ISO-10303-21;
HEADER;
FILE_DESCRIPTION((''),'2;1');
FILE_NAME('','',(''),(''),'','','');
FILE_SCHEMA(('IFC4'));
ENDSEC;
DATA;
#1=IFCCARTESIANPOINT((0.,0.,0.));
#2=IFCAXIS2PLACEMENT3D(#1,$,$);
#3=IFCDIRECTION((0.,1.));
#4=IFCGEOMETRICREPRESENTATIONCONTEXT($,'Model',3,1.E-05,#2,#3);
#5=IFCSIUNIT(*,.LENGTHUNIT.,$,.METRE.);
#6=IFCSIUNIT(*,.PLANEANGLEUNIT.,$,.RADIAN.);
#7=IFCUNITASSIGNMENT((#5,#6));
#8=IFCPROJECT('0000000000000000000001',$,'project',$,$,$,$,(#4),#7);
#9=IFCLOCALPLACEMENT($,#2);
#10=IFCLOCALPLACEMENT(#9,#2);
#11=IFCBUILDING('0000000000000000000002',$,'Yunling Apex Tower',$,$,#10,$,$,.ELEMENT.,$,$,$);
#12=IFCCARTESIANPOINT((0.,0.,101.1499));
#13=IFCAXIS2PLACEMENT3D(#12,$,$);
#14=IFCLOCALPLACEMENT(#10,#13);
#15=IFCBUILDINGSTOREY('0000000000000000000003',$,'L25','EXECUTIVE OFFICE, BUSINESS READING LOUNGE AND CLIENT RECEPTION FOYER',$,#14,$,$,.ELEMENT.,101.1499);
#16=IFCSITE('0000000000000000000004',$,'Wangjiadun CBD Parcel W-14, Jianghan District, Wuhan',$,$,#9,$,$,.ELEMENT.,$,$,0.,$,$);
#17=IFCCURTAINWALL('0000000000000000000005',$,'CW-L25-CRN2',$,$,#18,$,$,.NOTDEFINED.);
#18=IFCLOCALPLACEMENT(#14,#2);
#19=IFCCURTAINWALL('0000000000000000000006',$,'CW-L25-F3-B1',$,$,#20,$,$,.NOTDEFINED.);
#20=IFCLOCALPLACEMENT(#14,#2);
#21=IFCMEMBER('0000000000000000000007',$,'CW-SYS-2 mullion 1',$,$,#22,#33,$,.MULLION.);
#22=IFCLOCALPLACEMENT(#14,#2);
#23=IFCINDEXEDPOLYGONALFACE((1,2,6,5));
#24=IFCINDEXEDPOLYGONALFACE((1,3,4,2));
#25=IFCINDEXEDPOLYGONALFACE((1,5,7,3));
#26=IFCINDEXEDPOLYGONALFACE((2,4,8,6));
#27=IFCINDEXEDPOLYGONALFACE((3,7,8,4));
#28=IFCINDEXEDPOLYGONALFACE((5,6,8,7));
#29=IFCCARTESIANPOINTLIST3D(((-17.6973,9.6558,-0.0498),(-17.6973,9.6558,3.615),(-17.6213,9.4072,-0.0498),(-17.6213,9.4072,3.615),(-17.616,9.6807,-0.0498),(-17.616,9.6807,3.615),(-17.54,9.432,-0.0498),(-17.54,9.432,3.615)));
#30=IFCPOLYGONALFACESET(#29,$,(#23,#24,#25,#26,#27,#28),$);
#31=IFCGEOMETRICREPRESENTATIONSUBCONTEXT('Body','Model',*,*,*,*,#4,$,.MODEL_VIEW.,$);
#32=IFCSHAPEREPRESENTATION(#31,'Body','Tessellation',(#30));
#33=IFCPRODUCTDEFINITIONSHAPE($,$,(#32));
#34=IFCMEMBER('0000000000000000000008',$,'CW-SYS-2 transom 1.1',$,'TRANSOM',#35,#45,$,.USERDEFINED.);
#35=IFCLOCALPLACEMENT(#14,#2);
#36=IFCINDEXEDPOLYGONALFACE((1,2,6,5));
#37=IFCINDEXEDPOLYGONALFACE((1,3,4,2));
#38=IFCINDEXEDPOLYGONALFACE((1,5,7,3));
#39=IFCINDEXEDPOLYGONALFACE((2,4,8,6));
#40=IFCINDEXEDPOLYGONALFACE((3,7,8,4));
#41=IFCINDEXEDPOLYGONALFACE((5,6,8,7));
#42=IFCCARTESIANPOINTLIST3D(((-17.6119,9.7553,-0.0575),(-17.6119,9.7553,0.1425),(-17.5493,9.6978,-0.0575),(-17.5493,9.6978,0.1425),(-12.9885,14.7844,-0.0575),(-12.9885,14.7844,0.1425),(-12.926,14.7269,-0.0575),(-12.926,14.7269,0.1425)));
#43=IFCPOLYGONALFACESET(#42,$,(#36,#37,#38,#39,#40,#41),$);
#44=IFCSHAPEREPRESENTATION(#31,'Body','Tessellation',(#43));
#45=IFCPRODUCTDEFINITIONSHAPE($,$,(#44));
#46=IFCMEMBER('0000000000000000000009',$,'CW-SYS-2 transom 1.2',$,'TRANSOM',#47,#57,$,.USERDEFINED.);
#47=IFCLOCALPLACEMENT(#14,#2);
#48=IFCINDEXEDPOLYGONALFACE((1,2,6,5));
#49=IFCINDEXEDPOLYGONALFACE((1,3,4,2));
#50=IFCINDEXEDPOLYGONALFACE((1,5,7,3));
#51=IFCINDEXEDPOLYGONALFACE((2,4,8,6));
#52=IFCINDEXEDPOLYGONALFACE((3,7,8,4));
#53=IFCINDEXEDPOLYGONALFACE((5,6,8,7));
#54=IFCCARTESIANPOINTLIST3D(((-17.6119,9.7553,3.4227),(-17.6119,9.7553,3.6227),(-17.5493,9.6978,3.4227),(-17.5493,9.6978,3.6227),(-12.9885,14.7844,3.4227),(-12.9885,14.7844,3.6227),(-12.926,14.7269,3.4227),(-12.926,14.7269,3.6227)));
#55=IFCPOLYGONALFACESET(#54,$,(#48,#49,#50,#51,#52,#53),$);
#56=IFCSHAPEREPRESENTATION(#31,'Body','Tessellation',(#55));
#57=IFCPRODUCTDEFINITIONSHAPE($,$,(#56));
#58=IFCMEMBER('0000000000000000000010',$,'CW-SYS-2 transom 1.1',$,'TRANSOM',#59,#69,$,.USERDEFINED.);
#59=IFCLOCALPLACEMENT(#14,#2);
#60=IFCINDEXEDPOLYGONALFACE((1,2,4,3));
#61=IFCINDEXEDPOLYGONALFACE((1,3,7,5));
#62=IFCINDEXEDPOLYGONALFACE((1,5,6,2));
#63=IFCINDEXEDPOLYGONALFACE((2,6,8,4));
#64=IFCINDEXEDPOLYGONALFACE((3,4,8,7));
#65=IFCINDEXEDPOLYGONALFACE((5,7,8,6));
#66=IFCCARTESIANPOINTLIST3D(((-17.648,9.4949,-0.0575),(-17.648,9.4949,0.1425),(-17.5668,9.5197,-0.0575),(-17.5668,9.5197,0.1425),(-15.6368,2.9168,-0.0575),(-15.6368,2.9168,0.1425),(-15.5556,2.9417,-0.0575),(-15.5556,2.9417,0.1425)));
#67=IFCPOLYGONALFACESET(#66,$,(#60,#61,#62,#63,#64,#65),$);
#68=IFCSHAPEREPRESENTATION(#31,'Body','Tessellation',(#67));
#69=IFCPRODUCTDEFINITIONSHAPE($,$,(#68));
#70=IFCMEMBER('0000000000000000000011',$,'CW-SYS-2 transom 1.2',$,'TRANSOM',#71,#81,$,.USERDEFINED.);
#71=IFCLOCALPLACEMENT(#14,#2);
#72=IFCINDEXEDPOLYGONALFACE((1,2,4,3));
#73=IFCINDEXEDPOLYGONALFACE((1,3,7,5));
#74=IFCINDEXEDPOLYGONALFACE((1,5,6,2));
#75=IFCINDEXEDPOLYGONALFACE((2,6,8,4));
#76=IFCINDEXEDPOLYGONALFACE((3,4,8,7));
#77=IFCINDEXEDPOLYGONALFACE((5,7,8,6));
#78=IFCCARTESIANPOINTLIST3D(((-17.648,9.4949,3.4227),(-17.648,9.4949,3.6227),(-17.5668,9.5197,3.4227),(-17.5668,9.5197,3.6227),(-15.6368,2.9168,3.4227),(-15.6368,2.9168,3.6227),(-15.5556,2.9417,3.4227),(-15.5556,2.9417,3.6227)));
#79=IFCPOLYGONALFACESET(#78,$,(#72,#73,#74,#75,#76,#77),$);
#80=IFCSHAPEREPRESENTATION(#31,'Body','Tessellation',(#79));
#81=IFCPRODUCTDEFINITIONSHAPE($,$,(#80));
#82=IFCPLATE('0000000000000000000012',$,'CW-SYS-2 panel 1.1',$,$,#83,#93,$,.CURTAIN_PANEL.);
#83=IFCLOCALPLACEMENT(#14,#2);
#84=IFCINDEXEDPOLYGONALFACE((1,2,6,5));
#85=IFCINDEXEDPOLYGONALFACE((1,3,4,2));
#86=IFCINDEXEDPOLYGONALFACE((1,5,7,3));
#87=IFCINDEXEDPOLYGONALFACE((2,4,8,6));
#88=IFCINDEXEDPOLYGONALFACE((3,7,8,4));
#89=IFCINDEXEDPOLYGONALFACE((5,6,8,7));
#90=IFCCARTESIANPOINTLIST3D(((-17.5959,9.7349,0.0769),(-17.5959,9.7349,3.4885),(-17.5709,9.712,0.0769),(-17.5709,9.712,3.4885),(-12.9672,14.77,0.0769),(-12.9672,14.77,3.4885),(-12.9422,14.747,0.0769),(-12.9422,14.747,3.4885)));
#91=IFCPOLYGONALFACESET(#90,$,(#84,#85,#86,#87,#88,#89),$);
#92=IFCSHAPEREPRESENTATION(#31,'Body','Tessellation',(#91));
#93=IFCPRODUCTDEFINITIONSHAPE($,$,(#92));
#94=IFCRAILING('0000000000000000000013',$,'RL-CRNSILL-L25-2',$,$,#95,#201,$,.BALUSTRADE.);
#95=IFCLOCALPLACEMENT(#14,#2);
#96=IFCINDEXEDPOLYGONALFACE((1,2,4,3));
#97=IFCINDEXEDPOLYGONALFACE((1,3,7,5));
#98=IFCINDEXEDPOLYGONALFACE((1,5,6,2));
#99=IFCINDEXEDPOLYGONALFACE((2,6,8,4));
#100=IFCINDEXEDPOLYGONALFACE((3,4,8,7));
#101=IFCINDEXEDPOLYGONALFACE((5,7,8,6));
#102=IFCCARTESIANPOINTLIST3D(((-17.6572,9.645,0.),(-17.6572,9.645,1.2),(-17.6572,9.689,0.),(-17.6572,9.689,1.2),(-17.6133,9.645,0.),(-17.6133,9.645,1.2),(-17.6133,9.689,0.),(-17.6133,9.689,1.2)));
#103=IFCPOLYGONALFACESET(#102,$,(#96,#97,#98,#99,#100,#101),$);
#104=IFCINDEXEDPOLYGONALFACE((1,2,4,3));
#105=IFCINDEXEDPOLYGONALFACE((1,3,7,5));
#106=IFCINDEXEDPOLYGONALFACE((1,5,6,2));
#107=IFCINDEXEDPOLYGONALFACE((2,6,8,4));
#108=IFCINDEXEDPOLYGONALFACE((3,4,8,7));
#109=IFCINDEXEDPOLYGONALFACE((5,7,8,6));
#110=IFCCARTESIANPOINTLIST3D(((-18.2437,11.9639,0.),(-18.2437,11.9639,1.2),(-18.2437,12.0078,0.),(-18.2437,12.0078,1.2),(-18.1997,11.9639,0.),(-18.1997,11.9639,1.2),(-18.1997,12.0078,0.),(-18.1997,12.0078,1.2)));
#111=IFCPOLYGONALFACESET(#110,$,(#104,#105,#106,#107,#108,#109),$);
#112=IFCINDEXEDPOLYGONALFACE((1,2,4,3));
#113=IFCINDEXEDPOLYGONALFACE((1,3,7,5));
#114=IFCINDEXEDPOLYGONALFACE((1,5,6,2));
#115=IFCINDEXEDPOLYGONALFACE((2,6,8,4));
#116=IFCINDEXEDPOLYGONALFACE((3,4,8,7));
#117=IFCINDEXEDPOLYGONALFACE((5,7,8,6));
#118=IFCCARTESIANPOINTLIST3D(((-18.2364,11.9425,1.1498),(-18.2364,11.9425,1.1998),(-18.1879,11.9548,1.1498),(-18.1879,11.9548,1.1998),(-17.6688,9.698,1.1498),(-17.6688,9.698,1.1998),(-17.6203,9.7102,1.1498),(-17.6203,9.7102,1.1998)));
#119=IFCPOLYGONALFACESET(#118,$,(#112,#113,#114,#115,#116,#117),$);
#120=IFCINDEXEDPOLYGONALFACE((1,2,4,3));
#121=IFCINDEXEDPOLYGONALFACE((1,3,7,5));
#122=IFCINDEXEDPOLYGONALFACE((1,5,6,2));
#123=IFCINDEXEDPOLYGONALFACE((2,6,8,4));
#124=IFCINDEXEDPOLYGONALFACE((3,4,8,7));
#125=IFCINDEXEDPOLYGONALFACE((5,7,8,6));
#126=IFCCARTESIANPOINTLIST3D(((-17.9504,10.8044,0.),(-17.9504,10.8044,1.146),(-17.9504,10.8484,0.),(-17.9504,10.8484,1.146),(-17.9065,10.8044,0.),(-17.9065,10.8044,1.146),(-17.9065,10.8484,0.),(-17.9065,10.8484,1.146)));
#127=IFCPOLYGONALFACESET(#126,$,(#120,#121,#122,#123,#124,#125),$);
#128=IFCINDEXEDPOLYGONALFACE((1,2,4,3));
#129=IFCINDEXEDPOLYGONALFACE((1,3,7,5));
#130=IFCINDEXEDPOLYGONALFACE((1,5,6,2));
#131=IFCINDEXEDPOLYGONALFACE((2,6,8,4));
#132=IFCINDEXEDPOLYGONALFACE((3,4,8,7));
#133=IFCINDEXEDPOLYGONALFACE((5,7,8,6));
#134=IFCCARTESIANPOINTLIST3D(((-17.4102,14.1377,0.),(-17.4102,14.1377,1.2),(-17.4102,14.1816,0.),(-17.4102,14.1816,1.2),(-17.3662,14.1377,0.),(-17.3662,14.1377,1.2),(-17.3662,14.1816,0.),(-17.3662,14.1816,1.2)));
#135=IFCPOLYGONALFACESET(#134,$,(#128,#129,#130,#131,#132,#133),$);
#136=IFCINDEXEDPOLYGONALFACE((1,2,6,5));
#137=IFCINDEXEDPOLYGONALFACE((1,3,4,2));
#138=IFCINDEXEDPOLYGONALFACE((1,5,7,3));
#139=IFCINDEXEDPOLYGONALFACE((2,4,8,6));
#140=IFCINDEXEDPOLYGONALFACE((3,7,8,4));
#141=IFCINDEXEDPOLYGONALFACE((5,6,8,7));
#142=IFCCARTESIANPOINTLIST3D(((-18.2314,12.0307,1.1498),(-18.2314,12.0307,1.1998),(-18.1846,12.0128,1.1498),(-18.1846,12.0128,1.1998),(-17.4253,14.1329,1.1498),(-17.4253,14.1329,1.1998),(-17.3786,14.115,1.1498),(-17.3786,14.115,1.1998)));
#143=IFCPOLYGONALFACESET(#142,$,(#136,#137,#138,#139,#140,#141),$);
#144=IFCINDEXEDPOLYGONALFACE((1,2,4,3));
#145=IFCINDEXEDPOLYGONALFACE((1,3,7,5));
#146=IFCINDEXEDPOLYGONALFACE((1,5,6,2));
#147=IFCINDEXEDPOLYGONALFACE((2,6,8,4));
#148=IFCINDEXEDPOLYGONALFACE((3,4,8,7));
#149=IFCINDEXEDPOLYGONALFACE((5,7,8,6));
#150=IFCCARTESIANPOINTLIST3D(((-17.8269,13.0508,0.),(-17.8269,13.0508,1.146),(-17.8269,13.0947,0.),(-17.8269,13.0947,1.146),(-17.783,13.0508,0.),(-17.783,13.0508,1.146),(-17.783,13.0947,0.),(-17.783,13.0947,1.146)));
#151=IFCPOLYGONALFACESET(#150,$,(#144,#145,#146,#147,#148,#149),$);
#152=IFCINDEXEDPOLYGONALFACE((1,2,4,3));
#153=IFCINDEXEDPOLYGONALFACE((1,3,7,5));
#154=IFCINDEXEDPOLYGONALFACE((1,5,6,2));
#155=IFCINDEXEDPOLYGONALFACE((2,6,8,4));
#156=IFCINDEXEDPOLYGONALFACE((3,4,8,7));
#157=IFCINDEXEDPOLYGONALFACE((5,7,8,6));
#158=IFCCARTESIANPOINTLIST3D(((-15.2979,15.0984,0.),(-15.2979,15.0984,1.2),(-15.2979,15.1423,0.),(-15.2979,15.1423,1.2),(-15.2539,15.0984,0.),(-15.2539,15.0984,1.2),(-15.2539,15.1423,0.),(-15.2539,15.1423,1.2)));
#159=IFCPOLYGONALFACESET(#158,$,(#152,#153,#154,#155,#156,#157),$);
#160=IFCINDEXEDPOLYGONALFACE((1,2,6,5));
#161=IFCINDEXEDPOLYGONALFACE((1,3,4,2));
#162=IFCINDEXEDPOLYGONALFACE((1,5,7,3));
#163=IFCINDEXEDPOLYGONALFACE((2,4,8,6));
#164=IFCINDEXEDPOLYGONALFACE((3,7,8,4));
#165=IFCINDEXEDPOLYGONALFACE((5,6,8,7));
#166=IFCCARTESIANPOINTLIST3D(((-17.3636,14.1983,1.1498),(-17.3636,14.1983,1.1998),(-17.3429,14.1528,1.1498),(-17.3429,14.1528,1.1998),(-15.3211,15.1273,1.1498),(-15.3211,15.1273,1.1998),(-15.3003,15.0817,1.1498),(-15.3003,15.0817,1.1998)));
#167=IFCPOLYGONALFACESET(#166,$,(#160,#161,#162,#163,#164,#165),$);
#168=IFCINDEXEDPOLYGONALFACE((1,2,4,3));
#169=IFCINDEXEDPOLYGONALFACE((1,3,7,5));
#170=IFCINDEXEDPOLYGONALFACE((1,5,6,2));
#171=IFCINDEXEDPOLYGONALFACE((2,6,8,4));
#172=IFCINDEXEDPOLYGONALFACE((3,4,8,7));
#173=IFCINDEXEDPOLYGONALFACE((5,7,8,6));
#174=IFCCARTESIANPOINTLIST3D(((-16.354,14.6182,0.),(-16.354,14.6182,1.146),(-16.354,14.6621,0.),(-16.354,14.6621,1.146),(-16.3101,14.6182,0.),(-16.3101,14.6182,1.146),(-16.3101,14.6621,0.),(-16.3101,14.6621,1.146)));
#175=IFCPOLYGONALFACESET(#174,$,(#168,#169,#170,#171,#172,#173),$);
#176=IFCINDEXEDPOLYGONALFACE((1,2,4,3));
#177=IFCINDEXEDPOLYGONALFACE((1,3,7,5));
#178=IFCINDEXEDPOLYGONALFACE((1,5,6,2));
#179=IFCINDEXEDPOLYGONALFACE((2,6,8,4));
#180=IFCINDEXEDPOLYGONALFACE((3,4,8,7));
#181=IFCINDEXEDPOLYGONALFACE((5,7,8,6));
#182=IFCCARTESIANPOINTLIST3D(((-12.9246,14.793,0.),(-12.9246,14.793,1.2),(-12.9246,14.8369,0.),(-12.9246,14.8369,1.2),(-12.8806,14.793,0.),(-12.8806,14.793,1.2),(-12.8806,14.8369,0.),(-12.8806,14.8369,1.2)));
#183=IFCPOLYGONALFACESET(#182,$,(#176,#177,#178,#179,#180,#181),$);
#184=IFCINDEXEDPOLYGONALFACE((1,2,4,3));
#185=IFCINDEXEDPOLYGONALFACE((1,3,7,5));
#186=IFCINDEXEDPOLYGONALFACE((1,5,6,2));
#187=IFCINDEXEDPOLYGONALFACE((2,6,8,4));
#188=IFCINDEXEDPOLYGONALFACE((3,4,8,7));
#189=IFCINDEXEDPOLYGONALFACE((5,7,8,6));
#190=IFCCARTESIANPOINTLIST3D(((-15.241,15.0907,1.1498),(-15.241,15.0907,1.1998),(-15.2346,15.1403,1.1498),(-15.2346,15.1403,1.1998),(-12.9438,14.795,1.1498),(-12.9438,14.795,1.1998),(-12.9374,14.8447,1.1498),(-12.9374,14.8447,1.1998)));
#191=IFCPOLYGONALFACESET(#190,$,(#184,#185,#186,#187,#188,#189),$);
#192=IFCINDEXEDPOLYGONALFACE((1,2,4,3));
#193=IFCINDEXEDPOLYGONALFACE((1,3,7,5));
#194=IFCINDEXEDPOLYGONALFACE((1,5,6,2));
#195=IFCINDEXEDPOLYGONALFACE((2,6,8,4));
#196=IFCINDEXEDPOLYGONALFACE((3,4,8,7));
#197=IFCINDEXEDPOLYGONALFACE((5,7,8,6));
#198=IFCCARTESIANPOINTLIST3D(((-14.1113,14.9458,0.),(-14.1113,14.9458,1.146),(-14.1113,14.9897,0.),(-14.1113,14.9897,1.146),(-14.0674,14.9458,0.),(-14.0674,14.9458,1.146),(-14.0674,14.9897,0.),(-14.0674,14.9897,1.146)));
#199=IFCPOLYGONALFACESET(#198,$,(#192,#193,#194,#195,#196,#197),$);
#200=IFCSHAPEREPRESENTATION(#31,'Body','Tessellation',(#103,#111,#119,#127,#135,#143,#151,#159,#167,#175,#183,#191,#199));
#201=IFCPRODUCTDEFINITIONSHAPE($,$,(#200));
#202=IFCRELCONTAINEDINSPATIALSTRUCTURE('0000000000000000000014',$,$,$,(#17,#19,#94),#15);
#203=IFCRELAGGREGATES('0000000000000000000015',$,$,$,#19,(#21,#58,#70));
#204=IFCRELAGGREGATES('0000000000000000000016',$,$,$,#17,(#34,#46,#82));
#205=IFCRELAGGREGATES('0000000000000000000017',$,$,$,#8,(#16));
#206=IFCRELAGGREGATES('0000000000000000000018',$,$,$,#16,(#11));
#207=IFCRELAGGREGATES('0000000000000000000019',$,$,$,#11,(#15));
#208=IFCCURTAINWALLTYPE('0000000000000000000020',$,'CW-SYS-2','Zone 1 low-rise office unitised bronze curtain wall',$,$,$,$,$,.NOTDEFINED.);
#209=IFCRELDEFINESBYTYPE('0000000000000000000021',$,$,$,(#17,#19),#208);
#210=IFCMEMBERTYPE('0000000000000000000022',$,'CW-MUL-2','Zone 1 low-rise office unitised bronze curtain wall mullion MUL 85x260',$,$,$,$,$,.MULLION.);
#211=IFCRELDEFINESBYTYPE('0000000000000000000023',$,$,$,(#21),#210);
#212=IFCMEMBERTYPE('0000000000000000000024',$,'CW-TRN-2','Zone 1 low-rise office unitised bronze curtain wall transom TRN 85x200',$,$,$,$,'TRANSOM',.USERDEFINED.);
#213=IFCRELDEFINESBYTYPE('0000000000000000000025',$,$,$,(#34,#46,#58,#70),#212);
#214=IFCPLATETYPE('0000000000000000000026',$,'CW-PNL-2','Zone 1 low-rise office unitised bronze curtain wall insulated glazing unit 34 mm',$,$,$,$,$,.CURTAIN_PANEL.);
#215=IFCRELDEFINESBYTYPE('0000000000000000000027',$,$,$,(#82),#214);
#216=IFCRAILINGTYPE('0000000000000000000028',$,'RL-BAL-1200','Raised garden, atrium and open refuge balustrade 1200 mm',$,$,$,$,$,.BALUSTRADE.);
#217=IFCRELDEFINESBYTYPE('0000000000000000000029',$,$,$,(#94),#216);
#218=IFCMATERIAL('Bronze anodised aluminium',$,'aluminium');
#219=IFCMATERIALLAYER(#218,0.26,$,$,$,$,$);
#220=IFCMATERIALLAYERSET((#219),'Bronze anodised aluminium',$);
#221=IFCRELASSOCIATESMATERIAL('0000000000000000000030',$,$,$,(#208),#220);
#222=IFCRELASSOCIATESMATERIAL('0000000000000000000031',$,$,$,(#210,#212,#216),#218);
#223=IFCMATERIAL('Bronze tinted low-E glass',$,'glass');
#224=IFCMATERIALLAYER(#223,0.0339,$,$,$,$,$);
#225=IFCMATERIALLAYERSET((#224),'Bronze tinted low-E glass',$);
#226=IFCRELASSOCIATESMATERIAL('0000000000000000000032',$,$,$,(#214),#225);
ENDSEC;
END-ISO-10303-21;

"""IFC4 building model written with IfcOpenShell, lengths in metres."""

from ifc_helpers import new_model, si_unit, direction, frame, origin, origin_2d, place, context, subcontext, project, spatial, rectangle, extrude, source, transform, mapped, material, layer, layer_set, material_profile, profile_set, type_object, element, aggregate, save


model = new_model("IFC4")

# Units and contexts
model_context = context("Model", 3, precision=1e-05, world=origin(), true_north=direction((0.0, 1.0)))
body_context = subcontext(model_context, "Body", "Model", "MODEL_VIEW")
ifc_project = project(units=[si_unit("LENGTHUNIT", "METRE"), si_unit("PLANEANGLEUNIT", "RADIAN")], contexts=[model_context])

# Site, building, storey
site_placement = place(None, origin())
site = spatial("IfcSite", under=ifc_project, at=site_placement, Name="Wangjiadun CBD Parcel W-14, Jianghan District, Wuhan", CompositionType="ELEMENT", RefElevation=0.0)
building_placement = place(site_placement, origin())
building = spatial("IfcBuilding", under=site, at=building_placement, Name="Yunling Apex Tower", CompositionType="ELEMENT")
storey_placement = place(building_placement, frame((0.0, 0.0, 101.1499)))
storey = spatial("IfcBuildingStorey", under=building, at=storey_placement, Name="L25", Description="EXECUTIVE OFFICE, BUSINESS READING LOUNGE AND CLIENT RECEPTION FOYER", CompositionType="ELEMENT", Elevation=101.1499)

# Shared definitions
ifc_material_1 = material(Name="Bronze anodised aluminium", Category="aluminium")
ifc_layer_1 = layer(ifc_material_1, 0.26)
ifc_layer_set_1 = layer_set([ifc_layer_1], Name="Bronze anodised aluminium")
curtain_wall_type = type_object("IfcCurtainWallType", Name="CW-SYS-2", Description="Zone 1 low-rise office unitised bronze curtain wall", PredefinedType="NOTDEFINED", material=ifc_layer_set_1)
ifc_material_profile_1 = material_profile(ifc_material_1, rectangle(XDim=0.085, YDim=0.26, at=origin_2d()))
ifc_profile_set_1 = profile_set([ifc_material_profile_1], Name="Bronze anodised aluminium")
member_type_1 = type_object("IfcMemberType", Name="CW-MUL-2", Description="Zone 1 low-rise office unitised bronze curtain wall mullion MUL 85x260", PredefinedType="MULLION", material=ifc_profile_set_1)
shared_shape_1 = source(origin(), body_context, "Body", "SweptSolid", [
    extrude(rectangle(XDim=0.085, YDim=0.26, at=origin_2d()), origin(), (0.0, 0.0, 1.0), 3.6648),
])

# Curtain wall
curtain_wall_1_placement = place(storey_placement, origin())
curtain_wall_1 = element("IfcCurtainWall", 1, at=curtain_wall_1_placement, inside=storey, type_object=curtain_wall_type, Name="CW-L25-CRN2", PredefinedType="NOTDEFINED")

# Curtain wall, member
curtain_wall_2_placement = place(storey_placement, origin())
curtain_wall_2 = element("IfcCurtainWall", 2, at=curtain_wall_2_placement, inside=storey, type_object=curtain_wall_type, Name="CW-L25-F3-B1", PredefinedType="NOTDEFINED")
member_1_placement = place(storey_placement, frame((-17.6187, 9.5439, -0.0498), z_axis=(0.0, 0.0, 1.0), x_axis=(0.956304, 0.292373, 0.0)))
member_1 = element("IfcMember", 3, at=member_1_placement, type_object=member_type_1, Name="CW-SYS-2 mullion 1", PredefinedType="MULLION", context=body_context, shape_type="MappedRepresentation", body=[
    mapped(shared_shape_1, transform((0.0, 0.0, 0.0), scale=1.0)),
])

# Members
ifc_material_profile_2 = material_profile(ifc_material_1, rectangle(XDim=0.085, YDim=0.2, at=origin_2d()))
ifc_profile_set_2 = profile_set([ifc_material_profile_2], Name="Bronze anodised aluminium")
member_type_2 = type_object("IfcMemberType", Name="CW-TRN-2", Description="Zone 1 low-rise office unitised bronze curtain wall transom TRN 85x200", ElementType="TRANSOM", PredefinedType="USERDEFINED", material=ifc_profile_set_2)
shared_shape_2 = source(origin(), body_context, "Body", "SweptSolid", [
    extrude(rectangle(XDim=0.085, YDim=0.2, at=origin_2d()), origin(), (0.0, 0.0, 1.0), 6.8313),
])
member_2_placement = place(storey_placement, frame((-12.9573, 14.7556, 0.0425), z_axis=(-0.676784, -0.736182, 0.0), x_axis=(0.736182, -0.676784, 0.0)))
member_2 = element("IfcMember", 4, at=member_2_placement, type_object=member_type_2, Name="CW-SYS-2 transom 1.1", ObjectType="TRANSOM", PredefinedType="USERDEFINED", context=body_context, shape_type="MappedRepresentation", body=[
    mapped(shared_shape_2, transform((0.0, 0.0, 0.0), scale=1.0)),
])
member_3_placement = place(storey_placement, frame((-12.9573, 14.7556, 3.5227), z_axis=(-0.676784, -0.736182, 0.0), x_axis=(0.736182, -0.676784, 0.0)))
member_3 = element("IfcMember", 5, at=member_3_placement, type_object=member_type_2, Name="CW-SYS-2 transom 1.2", ObjectType="TRANSOM", PredefinedType="USERDEFINED", context=body_context, shape_type="MappedRepresentation", body=[
    mapped(shared_shape_2, transform((0.0, 0.0, 0.0), scale=1.0)),
])
shared_shape_3 = source(origin(), body_context, "Body", "SweptSolid", [
    extrude(rectangle(XDim=0.085, YDim=0.2, at=origin_2d()), origin(), (0.0, 0.0, 1.0), 6.8787),
])
member_4_placement = place(storey_placement, frame((-17.6074, 9.5073, 0.0425), z_axis=(0.292384, -0.956301, 0.0), x_axis=(0.956301, 0.292384, 0.0)))
member_4 = element("IfcMember", 6, at=member_4_placement, type_object=member_type_2, Name="CW-SYS-2 transom 1.1", ObjectType="TRANSOM", PredefinedType="USERDEFINED", context=body_context, shape_type="MappedRepresentation", body=[
    mapped(shared_shape_3, transform((0.0, 0.0, 0.0), scale=1.0)),
])
member_5_placement = place(storey_placement, frame((-17.6074, 9.5073, 3.5227), z_axis=(0.292384, -0.956301, 0.0), x_axis=(0.956301, 0.292384, 0.0)))
member_5 = element("IfcMember", 7, at=member_5_placement, type_object=member_type_2, Name="CW-SYS-2 transom 1.2", ObjectType="TRANSOM", PredefinedType="USERDEFINED", context=body_context, shape_type="MappedRepresentation", body=[
    mapped(shared_shape_3, transform((0.0, 0.0, 0.0), scale=1.0)),
])
aggregate(curtain_wall_2, [member_1, member_4, member_5])

# Plate
ifc_material_2 = material(Name="Bronze tinted low-E glass", Category="glass")
ifc_layer_2 = layer(ifc_material_2, 0.0339)
ifc_layer_set_2 = layer_set([ifc_layer_2], Name="Bronze tinted low-E glass")
plate_type = type_object("IfcPlateType", Name="CW-PNL-2", Description="Zone 1 low-rise office unitised bronze curtain wall insulated glazing unit 34 mm", PredefinedType="CURTAIN_PANEL", material=ifc_layer_set_2)
shared_shape_4 = source(origin(), body_context, "Body", "SweptSolid", [
    extrude(rectangle(XDim=6.8394, YDim=0.0339, at=origin_2d()), origin(), (0.0, 0.0, 1.0), 3.4116),
])
plate_placement = place(storey_placement, frame((-15.269, 12.241, 0.0769), z_axis=(0.0, 0.0, 1.0), x_axis=(-0.676781, -0.736185, 0.0)))
plate = element("IfcPlate", 8, at=plate_placement, type_object=plate_type, Name="CW-SYS-2 panel 1.1", PredefinedType="CURTAIN_PANEL", context=body_context, shape_type="MappedRepresentation", body=[
    mapped(shared_shape_4, transform((0.0, 0.0, 0.0), scale=1.0)),
])
aggregate(curtain_wall_1, [member_2, member_3, plate])

# Railing
railing_type = type_object("IfcRailingType", Name="RL-BAL-1200", Description="Raised garden, atrium and open refuge balustrade 1200 mm", PredefinedType="BALUSTRADE", material=ifc_material_1)
railing_placement = place(storey_placement, frame((-17.6353, 9.667, 0.0)))
element("IfcRailing", 9, at=railing_placement, inside=storey, type_object=railing_type, Name="RL-CRNSILL-L25-2", PredefinedType="BALUSTRADE", context=body_context, shape_type="SweptSolid", body=[
    extrude(rectangle(XDim=0.0439, YDim=0.0439, at=origin_2d()), origin(), (0.0, 0.0, 1.0), 1.2),
    extrude(rectangle(XDim=0.0439, YDim=0.0439, at=origin_2d()), frame((-0.5864, 2.3188, 0.0)), (0.0, 0.0, 1.0), 1.2),
    extrude(rectangle(XDim=0.05, YDim=0.05, at=origin_2d()), frame((-0.0093, 0.0371, 1.1748), z_axis=(-0.245177, 0.969478, 0.0), x_axis=(-0.969478, -0.245177, 0.0)), (0.0, 0.0, 1.0), 2.3152),
    extrude(rectangle(XDim=0.0439, YDim=0.0439, at=origin_2d()), frame((-0.2932, 1.1594, 0.0)), (0.0, 0.0, 1.0), 1.146),
    extrude(rectangle(XDim=0.0439, YDim=0.0439, at=origin_2d()), frame((0.2471, 4.4927, 0.0)), (0.0, 0.0, 1.0), 1.2),
    extrude(rectangle(XDim=0.05, YDim=0.05, at=origin_2d()), frame((-0.5728, 2.3547, 1.1748), z_axis=(0.358009, 0.933718, 0.0), x_axis=(-0.933718, 0.358009, 0.0)), (0.0, 0.0, 1.0), 2.2515),
    extrude(rectangle(XDim=0.0439, YDim=0.0439, at=origin_2d()), frame((-0.1697, 3.4058, 0.0)), (0.0, 0.0, 1.0), 1.146),
    extrude(rectangle(XDim=0.0439, YDim=0.0439, at=origin_2d()), frame((2.3594, 5.4534, 0.0)), (0.0, 0.0, 1.0), 1.2),
    extrude(rectangle(XDim=0.05, YDim=0.05, at=origin_2d()), frame((0.282, 4.5085, 1.1748), z_axis=(0.910276, 0.414001, 0.0), x_axis=(-0.414001, 0.910276, 0.0)), (0.0, 0.0, 1.0), 2.2439),
    extrude(rectangle(XDim=0.0439, YDim=0.0439, at=origin_2d()), frame((1.3032, 4.9731, 0.0)), (0.0, 0.0, 1.0), 1.146),
    extrude(rectangle(XDim=0.0439, YDim=0.0439, at=origin_2d()), frame((4.7327, 5.1479, 0.0)), (0.0, 0.0, 1.0), 1.2),
    extrude(rectangle(XDim=0.05, YDim=0.05, at=origin_2d()), frame((2.3975, 5.4485, 1.1748), z_axis=(0.991821, -0.127638, 0.0), x_axis=(0.127638, 0.991821, 0.0)), (0.0, 0.0, 1.0), 2.3162),
    extrude(rectangle(XDim=0.0439, YDim=0.0439, at=origin_2d()), frame((3.5459, 5.3008, 0.0)), (0.0, 0.0, 1.0), 1.146),
])

save(model, "model.ifc")
